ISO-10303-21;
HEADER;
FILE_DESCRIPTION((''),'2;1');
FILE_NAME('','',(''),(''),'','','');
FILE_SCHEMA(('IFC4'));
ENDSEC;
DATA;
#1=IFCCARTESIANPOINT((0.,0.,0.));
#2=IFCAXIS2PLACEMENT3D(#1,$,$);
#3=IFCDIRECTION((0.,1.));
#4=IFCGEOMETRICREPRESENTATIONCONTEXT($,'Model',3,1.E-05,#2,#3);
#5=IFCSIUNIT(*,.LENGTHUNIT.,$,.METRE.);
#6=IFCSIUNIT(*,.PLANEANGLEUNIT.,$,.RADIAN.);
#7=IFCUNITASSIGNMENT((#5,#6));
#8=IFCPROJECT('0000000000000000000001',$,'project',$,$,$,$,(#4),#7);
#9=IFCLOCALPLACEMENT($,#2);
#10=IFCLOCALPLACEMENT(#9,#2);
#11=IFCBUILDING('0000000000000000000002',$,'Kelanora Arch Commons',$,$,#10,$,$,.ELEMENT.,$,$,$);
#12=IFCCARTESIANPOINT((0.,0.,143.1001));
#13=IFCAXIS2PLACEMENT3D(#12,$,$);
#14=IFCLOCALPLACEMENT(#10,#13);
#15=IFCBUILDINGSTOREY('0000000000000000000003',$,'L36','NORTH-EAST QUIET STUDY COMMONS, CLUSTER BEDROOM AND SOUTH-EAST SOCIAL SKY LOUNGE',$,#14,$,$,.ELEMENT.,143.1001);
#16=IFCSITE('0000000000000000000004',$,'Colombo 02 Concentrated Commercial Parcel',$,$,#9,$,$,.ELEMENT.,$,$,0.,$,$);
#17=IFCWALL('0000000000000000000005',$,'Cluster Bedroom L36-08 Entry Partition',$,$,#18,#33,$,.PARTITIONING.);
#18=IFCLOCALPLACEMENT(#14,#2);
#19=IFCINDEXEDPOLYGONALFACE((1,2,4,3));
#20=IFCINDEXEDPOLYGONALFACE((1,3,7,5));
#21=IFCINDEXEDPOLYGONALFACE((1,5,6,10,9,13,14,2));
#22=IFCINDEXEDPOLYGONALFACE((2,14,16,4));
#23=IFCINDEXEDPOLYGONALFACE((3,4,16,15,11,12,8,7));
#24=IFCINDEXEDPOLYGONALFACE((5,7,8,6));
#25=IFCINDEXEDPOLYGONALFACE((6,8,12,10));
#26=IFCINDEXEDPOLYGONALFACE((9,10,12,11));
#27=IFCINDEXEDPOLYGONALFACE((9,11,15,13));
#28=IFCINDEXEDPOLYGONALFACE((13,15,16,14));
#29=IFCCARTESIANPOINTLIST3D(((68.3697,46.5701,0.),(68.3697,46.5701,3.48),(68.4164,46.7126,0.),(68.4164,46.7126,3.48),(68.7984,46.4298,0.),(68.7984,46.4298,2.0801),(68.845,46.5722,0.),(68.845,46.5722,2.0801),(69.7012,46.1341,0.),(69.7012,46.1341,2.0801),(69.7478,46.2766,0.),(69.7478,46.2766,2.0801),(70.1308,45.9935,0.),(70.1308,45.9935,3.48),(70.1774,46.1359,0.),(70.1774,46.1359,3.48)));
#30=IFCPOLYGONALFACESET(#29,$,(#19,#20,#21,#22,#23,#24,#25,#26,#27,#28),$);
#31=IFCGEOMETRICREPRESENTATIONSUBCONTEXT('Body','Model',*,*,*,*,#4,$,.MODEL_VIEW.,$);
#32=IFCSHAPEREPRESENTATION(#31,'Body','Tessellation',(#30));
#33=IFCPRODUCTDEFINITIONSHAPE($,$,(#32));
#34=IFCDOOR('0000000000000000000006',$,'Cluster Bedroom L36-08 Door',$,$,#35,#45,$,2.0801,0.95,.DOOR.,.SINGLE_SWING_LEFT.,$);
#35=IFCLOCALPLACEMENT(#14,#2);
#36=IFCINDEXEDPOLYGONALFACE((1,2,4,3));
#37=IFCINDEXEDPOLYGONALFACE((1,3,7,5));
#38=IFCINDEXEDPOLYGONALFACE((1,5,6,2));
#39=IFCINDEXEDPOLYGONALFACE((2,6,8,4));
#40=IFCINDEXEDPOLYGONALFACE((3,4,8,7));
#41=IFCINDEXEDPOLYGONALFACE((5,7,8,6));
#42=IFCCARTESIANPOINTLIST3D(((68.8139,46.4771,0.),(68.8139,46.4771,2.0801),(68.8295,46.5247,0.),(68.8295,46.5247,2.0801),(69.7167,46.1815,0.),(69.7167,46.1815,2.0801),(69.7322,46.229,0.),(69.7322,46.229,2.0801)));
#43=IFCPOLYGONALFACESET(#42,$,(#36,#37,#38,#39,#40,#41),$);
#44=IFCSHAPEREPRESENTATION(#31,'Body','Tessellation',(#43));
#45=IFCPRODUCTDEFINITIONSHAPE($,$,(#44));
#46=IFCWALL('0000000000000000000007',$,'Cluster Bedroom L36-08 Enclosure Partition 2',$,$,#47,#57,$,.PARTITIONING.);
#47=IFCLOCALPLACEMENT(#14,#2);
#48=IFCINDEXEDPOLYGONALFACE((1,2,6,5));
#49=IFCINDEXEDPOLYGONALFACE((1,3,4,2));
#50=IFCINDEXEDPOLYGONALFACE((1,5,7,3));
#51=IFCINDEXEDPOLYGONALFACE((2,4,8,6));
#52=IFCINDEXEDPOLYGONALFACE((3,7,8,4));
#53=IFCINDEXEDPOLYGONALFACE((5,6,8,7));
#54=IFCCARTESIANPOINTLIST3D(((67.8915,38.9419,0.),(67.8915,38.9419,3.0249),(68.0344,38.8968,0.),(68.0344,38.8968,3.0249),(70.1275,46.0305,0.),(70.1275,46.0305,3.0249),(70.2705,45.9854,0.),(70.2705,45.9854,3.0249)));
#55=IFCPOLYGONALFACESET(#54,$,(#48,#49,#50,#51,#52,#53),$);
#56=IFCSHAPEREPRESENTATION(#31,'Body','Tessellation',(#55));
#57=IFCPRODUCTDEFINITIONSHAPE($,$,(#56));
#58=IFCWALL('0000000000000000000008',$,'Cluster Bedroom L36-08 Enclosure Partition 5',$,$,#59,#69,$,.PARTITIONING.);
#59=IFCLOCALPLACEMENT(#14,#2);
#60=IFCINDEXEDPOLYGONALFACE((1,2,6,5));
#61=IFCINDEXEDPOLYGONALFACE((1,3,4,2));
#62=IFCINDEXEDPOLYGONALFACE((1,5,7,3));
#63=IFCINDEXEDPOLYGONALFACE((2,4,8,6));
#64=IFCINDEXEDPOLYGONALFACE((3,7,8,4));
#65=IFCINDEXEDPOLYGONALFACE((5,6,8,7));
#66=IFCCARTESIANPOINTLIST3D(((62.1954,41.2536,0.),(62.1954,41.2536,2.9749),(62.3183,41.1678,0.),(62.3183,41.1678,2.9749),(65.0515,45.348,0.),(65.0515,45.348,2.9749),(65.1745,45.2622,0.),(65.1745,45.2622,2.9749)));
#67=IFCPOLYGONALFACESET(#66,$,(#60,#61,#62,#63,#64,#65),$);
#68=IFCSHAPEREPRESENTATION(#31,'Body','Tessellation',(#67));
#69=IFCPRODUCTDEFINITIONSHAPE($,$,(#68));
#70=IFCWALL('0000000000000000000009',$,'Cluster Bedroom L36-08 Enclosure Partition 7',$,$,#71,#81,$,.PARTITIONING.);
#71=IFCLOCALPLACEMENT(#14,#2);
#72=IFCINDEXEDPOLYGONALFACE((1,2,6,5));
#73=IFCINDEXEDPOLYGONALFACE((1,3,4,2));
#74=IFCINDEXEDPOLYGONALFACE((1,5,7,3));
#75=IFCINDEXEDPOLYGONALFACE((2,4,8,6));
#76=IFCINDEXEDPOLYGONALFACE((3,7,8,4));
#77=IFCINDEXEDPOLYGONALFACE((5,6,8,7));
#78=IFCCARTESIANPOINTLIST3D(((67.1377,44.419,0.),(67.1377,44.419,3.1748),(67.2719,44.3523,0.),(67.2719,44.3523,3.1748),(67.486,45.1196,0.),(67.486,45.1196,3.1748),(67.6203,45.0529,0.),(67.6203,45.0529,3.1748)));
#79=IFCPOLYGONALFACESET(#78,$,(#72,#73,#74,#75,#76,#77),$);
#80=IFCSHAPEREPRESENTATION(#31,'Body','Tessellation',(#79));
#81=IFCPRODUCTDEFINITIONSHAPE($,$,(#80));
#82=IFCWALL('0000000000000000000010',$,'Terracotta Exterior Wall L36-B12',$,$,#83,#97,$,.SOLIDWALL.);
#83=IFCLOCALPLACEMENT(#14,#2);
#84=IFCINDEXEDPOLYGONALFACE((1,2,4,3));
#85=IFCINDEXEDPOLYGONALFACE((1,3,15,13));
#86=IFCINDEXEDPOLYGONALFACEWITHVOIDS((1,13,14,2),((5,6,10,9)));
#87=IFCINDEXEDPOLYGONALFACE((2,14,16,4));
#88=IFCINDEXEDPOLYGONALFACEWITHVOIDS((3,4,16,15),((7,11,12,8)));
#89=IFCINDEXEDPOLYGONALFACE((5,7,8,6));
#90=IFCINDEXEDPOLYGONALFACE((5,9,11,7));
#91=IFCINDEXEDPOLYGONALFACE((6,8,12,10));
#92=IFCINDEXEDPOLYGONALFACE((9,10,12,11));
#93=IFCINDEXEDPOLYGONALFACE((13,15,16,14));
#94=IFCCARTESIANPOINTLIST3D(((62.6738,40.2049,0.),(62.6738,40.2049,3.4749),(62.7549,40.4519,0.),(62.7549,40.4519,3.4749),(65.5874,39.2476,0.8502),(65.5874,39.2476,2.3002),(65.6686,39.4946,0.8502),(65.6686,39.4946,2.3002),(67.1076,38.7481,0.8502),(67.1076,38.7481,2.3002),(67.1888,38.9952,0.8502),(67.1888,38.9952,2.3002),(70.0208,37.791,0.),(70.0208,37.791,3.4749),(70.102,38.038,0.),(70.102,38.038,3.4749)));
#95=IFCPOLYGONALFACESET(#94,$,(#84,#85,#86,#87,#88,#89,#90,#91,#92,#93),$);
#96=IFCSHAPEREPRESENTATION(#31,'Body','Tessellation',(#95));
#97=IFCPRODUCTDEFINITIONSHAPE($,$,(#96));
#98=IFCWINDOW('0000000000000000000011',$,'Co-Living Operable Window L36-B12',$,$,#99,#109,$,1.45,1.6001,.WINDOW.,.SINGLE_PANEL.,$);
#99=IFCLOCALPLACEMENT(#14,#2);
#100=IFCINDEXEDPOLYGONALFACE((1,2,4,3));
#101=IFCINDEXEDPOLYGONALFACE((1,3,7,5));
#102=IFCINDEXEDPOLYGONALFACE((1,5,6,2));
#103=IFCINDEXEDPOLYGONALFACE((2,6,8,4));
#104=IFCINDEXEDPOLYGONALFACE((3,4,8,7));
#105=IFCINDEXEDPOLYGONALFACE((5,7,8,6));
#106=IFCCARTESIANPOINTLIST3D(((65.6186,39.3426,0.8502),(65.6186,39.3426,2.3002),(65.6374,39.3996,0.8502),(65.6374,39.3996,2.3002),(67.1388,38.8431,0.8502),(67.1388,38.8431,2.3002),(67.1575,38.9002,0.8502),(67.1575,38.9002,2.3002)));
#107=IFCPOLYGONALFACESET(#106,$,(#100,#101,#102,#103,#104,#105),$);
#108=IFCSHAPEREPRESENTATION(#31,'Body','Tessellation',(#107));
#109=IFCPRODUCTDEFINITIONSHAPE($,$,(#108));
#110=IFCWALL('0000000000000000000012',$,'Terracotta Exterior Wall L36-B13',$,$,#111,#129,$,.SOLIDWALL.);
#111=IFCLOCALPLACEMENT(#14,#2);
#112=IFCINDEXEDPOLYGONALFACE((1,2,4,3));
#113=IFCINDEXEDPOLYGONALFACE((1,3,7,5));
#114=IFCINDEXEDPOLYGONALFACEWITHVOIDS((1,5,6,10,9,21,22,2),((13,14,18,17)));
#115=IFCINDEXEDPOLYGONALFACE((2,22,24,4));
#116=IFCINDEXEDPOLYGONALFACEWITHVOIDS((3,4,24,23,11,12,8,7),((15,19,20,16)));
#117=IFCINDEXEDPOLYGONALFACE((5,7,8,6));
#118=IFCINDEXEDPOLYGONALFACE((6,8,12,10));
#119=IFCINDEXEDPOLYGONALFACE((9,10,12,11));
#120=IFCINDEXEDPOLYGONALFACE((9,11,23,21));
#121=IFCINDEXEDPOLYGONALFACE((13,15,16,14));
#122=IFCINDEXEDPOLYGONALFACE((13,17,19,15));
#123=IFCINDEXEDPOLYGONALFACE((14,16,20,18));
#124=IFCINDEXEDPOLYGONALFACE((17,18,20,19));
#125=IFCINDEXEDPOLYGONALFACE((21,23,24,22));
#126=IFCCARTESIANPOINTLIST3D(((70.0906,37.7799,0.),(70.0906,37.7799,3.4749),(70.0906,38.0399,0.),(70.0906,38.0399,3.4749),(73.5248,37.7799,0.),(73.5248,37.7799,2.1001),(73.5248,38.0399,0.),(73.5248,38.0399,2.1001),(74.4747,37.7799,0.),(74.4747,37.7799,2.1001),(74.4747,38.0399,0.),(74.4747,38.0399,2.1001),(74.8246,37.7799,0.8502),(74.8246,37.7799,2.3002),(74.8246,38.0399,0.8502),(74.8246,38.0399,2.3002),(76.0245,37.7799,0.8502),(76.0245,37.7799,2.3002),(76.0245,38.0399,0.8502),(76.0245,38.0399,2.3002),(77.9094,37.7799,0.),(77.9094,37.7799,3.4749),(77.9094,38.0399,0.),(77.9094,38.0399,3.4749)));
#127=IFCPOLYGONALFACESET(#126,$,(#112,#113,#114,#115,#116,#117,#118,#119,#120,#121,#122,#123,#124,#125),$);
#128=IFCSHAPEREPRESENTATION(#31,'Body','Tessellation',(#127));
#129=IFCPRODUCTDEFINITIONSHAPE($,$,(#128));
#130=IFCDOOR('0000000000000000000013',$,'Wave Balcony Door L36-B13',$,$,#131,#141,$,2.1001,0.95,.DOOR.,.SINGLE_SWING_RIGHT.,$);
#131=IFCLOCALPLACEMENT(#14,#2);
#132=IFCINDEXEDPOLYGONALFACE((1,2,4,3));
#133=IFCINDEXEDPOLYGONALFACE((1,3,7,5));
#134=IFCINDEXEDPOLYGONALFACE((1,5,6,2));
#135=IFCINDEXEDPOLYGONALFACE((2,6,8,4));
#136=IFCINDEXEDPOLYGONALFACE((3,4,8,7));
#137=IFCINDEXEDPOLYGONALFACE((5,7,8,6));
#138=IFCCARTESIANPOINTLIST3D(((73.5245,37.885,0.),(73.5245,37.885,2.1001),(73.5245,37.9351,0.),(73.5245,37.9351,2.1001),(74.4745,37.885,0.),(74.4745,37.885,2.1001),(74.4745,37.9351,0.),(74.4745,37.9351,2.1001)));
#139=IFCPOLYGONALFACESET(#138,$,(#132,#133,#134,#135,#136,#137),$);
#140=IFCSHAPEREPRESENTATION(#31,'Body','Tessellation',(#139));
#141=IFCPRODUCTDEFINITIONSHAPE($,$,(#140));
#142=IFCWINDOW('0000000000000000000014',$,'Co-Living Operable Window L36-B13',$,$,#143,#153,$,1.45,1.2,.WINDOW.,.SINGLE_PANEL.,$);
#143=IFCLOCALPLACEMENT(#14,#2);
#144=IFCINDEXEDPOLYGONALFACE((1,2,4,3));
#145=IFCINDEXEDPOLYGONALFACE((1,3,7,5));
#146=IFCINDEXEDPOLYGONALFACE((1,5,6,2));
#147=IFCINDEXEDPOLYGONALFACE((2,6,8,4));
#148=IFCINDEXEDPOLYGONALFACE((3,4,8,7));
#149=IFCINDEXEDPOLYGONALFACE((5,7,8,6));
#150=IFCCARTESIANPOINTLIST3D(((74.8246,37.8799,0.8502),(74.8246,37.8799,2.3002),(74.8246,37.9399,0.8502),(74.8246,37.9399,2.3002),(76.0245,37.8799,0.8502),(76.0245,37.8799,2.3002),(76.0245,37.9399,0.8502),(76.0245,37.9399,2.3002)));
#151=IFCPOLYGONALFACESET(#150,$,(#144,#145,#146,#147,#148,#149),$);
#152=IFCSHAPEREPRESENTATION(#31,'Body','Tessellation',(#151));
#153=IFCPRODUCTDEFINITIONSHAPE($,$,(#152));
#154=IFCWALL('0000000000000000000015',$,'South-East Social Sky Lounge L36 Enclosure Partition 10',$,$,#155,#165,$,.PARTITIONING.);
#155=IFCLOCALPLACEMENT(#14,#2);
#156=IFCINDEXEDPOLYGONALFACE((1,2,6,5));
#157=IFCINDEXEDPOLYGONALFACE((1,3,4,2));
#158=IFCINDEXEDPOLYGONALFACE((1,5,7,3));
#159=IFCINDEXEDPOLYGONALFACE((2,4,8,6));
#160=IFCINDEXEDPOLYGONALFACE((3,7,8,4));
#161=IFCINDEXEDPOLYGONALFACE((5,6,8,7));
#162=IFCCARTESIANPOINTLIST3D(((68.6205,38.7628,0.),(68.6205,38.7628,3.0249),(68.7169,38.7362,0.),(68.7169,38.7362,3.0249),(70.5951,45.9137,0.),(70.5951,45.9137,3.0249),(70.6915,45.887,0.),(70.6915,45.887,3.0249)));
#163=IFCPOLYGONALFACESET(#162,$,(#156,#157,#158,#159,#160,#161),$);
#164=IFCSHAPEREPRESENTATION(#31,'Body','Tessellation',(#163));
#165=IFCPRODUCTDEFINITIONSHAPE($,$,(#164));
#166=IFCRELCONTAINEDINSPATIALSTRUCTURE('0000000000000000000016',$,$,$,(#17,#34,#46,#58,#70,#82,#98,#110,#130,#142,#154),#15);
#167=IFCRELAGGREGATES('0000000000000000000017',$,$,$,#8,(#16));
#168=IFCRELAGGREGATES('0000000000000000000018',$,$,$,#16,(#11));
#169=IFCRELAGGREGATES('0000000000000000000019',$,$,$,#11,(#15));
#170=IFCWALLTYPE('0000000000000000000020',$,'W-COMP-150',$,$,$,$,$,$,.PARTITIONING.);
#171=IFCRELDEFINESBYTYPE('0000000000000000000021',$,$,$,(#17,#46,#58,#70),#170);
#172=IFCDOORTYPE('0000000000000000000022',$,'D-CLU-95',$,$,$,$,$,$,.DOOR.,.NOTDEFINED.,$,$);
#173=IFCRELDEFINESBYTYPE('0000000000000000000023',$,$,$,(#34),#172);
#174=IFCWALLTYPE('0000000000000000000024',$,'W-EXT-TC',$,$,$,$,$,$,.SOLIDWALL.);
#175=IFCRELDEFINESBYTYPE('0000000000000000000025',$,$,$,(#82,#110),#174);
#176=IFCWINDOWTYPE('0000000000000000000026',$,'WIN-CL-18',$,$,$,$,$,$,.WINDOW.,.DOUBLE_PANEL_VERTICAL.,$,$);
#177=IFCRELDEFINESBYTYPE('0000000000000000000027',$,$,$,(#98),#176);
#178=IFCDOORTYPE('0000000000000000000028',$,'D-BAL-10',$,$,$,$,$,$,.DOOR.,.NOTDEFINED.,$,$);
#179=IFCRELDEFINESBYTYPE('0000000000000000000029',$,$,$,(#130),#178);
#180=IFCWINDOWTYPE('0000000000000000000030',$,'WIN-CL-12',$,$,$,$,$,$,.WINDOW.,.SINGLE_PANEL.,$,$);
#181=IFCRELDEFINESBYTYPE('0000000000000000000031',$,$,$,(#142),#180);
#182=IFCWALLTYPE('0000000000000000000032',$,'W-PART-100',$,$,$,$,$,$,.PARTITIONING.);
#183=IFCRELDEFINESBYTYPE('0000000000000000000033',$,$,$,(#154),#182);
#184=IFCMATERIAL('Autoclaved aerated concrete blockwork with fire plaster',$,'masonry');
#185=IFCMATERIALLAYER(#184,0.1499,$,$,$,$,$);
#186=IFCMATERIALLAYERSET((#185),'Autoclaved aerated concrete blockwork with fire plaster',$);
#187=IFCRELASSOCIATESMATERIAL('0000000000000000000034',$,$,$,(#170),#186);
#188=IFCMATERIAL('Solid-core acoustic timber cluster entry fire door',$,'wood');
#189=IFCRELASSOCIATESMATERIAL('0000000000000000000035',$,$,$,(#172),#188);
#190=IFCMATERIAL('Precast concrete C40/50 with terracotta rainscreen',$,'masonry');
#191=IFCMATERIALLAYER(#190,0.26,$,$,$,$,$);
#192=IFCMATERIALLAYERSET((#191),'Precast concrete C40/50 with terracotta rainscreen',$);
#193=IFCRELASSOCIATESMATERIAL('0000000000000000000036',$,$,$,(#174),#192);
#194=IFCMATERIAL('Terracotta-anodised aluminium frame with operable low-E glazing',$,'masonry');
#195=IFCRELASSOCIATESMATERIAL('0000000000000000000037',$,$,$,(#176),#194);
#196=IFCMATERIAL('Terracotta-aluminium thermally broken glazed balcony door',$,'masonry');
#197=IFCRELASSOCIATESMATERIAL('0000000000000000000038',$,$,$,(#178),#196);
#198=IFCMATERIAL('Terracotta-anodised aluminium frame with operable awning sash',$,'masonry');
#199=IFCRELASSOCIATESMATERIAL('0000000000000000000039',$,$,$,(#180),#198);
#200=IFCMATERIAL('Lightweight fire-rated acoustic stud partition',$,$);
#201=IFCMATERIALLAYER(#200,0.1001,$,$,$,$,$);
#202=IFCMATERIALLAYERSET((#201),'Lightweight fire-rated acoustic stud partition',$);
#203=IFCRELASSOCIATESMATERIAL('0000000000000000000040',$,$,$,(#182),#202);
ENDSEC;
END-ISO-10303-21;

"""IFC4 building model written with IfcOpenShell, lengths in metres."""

from ifc_helpers import new_model, si_unit, direction, frame, frame_2d, origin, place, context, subcontext, project, spatial, rectangle, extrude, material, layer, layer_set, type_object, element, fill, save


model = new_model("IFC4")

# Units and contexts
model_context = context("Model", 3, precision=1e-05, world=origin(), true_north=direction((0.0, 1.0)))
body_context = subcontext(model_context, "Body", "Model", "MODEL_VIEW")
ifc_project = project(units=[si_unit("LENGTHUNIT", "METRE"), si_unit("PLANEANGLEUNIT", "RADIAN")], contexts=[model_context])

# Site, building, storey
site_placement = place(None, origin())
site = spatial("IfcSite", under=ifc_project, at=site_placement, Name="Colombo 02 Concentrated Commercial Parcel", CompositionType="ELEMENT", RefElevation=0.0)
building_placement = place(site_placement, origin())
building = spatial("IfcBuilding", under=site, at=building_placement, Name="Kelanora Arch Commons", CompositionType="ELEMENT")
storey_placement = place(building_placement, frame((0.0, 0.0, 143.1001)))
storey = spatial("IfcBuildingStorey", under=building, at=storey_placement, Name="L36", Description="NORTH-EAST QUIET STUDY COMMONS, CLUSTER BEDROOM AND SOUTH-EAST SOCIAL SKY LOUNGE", CompositionType="ELEMENT", Elevation=143.1001)

# Wall, opening, door
ifc_material_1 = material(Name="Autoclaved aerated concrete blockwork with fire plaster", Category="masonry")
ifc_layer_1 = layer(ifc_material_1, 0.1499)
ifc_layer_set_1 = layer_set([ifc_layer_1], Name="Autoclaved aerated concrete blockwork with fire plaster")
wall_type_1 = type_object("IfcWallType", Name="W-COMP-150", PredefinedType="PARTITIONING", material=ifc_layer_set_1)
wall_1_placement = place(storey_placement, frame((68.3931, 46.6414, 0.0), z_axis=(0.0, 0.0, 1.0), x_axis=(0.950343, -0.311204, 0.0)))
wall_1 = element("IfcWall", 1, at=wall_1_placement, inside=storey, type_object=wall_type_1, Name="Cluster Bedroom L36-08 Entry Partition", PredefinedType="PARTITIONING", context=body_context, shape_type="SweptSolid", body=[
    extrude(rectangle(XDim=1.853, YDim=0.1499, at=frame_2d((0.9265, 0.0))), origin(), (0.0, 0.0, 1.0), 3.48),
])
opening_1_placement = place(wall_1_placement, frame((0.4509, 0.0, 0.0)))
opening_1 = element("IfcOpeningElement", 2, at=opening_1_placement, cuts=wall_1, PredefinedType="OPENING", context=body_context, shape_type="SweptSolid", body=[
    extrude(rectangle(XDim=0.95, YDim=2.0801, at=frame_2d((0.4751, 1.04))), frame((0.0, 0.085, 0.0), z_axis=(0.0, -1.0, 0.0), x_axis=(1.0, 0.0, 0.0)), (0.0, 0.0, 1.0), 0.1699),
])
ifc_material_2 = material(Name="Solid-core acoustic timber cluster entry fire door", Category="wood")
door_type_1 = type_object("IfcDoorType", Name="D-CLU-95", OperationType="NOTDEFINED", PredefinedType="DOOR", material=ifc_material_2)
door_1_placement = place(opening_1_placement, origin())
door_1 = element("IfcDoor", 3, at=door_1_placement, inside=storey, type_object=door_type_1, Name="Cluster Bedroom L36-08 Door", OperationType="SINGLE_SWING_LEFT", OverallHeight=2.0801, OverallWidth=0.95, PredefinedType="DOOR", context=body_context, shape_type="SweptSolid", body=[
    extrude(rectangle(XDim=0.95, YDim=2.0801, at=frame_2d((0.4751, 1.04))), frame((0.0, 0.0249, 0.0), z_axis=(0.0, -1.0, 0.0), x_axis=(1.0, 0.0, 0.0)), (0.0, 0.0, 1.0), 0.05),
])
fill(opening_1, door_1)

# Walls
wall_2_placement = place(storey_placement, frame((70.199, 46.0078, 0.0), z_axis=(0.0, 0.0, 1.0), x_axis=(-0.300834, -0.953676, 0.0)))
element("IfcWall", 4, at=wall_2_placement, inside=storey, type_object=wall_type_1, Name="Cluster Bedroom L36-08 Enclosure Partition 2", PredefinedType="PARTITIONING", context=body_context, shape_type="SweptSolid", body=[
    extrude(rectangle(XDim=7.4329, YDim=0.1499, at=frame_2d((3.7163, 0.0))), origin(), (0.0, 0.0, 1.0), 3.0249),
])
wall_3_placement = place(storey_placement, frame((62.2568, 41.2107, 0.0), z_axis=(0.0, 0.0, 1.0), x_axis=(0.572126, 0.820166, 0.0)))
element("IfcWall", 5, at=wall_3_placement, inside=storey, type_object=wall_type_1, Name="Cluster Bedroom L36-08 Enclosure Partition 5", PredefinedType="PARTITIONING", context=body_context, shape_type="SweptSolid", body=[
    extrude(rectangle(XDim=4.9922, YDim=0.1499, at=frame_2d((2.4961, 0.0))), origin(), (0.0, 0.0, 1.0), 2.9749),
])
wall_4_placement = place(storey_placement, frame((67.2048, 44.3857, 0.0), z_axis=(0.0, 0.0, 1.0), x_axis=(0.445216, 0.895423, 0.0)))
element("IfcWall", 6, at=wall_4_placement, inside=storey, type_object=wall_type_1, Name="Cluster Bedroom L36-08 Enclosure Partition 7", PredefinedType="PARTITIONING", context=body_context, shape_type="SweptSolid", body=[
    extrude(rectangle(XDim=0.7825, YDim=0.1499, at=frame_2d((0.3911, 0.0))), origin(), (0.0, 0.0, 1.0), 3.1748),
])

# Wall, opening, window
ifc_material_3 = material(Name="Precast concrete C40/50 with terracotta rainscreen", Category="masonry")
ifc_layer_2 = layer(ifc_material_3, 0.26)
ifc_layer_set_2 = layer_set([ifc_layer_2], Name="Precast concrete C40/50 with terracotta rainscreen")
wall_type_2 = type_object("IfcWallType", Name="W-EXT-TC", PredefinedType="SOLIDWALL", material=ifc_layer_set_2)
wall_5_placement = place(storey_placement, frame((62.7144, 40.3284, 0.0), z_axis=(0.0, 0.0, 1.0), x_axis=(0.950038, -0.312133, 0.0)))
wall_5 = element("IfcWall", 7, at=wall_5_placement, inside=storey, type_object=wall_type_2, Name="Terracotta Exterior Wall L36-B12", PredefinedType="SOLIDWALL", context=body_context, shape_type="SweptSolid", body=[
    extrude(rectangle(XDim=7.7334, YDim=0.26, at=frame_2d((3.8667, 0.0))), origin(), (0.0, 0.0, 1.0), 3.4749),
])
opening_2_placement = place(wall_5_placement, frame((3.0669, 0.0, 0.8501)))
opening_2 = element("IfcOpeningElement", 8, at=opening_2_placement, cuts=wall_5, PredefinedType="OPENING", context=body_context, shape_type="SweptSolid", body=[
    extrude(rectangle(XDim=1.6001, YDim=1.45, at=frame_2d((0.8, 0.7251))), frame((0.0, 0.1401, 0.0), z_axis=(0.0, -1.0, 0.0), x_axis=(1.0, 0.0, 0.0)), (0.0, 0.0, 1.0), 0.28),
])
ifc_material_4 = material(Name="Terracotta-anodised aluminium frame with operable low-E glazing", Category="masonry")
window_type_1 = type_object("IfcWindowType", Name="WIN-CL-18", PartitioningType="DOUBLE_PANEL_VERTICAL", PredefinedType="WINDOW", material=ifc_material_4)
window_1_placement = place(opening_2_placement, origin())
window_1 = element("IfcWindow", 9, at=window_1_placement, inside=storey, type_object=window_type_1, Name="Co-Living Operable Window L36-B12", OverallHeight=1.45, OverallWidth=1.6001, PartitioningType="SINGLE_PANEL", PredefinedType="WINDOW", context=body_context, shape_type="SweptSolid", body=[
    extrude(rectangle(XDim=1.6001, YDim=1.45, at=frame_2d((0.8, 0.7251))), frame((0.0, 0.03, 0.0), z_axis=(0.0, -1.0, 0.0), x_axis=(1.0, 0.0, 0.0)), (0.0, 0.0, 1.0), 0.0601),
])
fill(opening_2, window_1)

# Wall, openings, door, window
wall_6_placement = place(storey_placement, frame((70.0906, 37.9099, 0.0), z_axis=(0.0, 0.0, 1.0), x_axis=(1.0, 0.0, 0.0)))
wall_6 = element("IfcWall", 10, at=wall_6_placement, inside=storey, type_object=wall_type_2, Name="Terracotta Exterior Wall L36-B13", PredefinedType="SOLIDWALL", context=body_context, shape_type="SweptSolid", body=[
    extrude(rectangle(XDim=7.8188, YDim=0.26, at=frame_2d((3.9094, 0.0))), origin(), (0.0, 0.0, 1.0), 3.4749),
])
opening_3_placement = place(wall_6_placement, frame((3.4341, 0.0, 0.0)))
opening_3 = element("IfcOpeningElement", 11, at=opening_3_placement, cuts=wall_6, PredefinedType="OPENING", context=body_context, shape_type="SweptSolid", body=[
    extrude(rectangle(XDim=0.95, YDim=2.1001, at=frame_2d((0.4751, 1.05))), frame((0.0, 0.1401, 0.0), z_axis=(0.0, -1.0, 0.0), x_axis=(1.0, 0.0, 0.0)), (0.0, 0.0, 1.0), 0.28),
])
opening_4_placement = place(wall_6_placement, frame((4.7339, 0.0, 0.8501)))
opening_4 = element("IfcOpeningElement", 12, at=opening_4_placement, cuts=wall_6, PredefinedType="OPENING", context=body_context, shape_type="SweptSolid", body=[
    extrude(rectangle(XDim=1.2, YDim=1.45, at=frame_2d((0.6001, 0.7251))), frame((0.0, 0.1401, 0.0), z_axis=(0.0, -1.0, 0.0), x_axis=(1.0, 0.0, 0.0)), (0.0, 0.0, 1.0), 0.28),
])
ifc_material_5 = material(Name="Terracotta-aluminium thermally broken glazed balcony door", Category="masonry")
door_type_2 = type_object("IfcDoorType", Name="D-BAL-10", OperationType="NOTDEFINED", PredefinedType="DOOR", material=ifc_material_5)
door_2_placement = place(opening_3_placement, frame((0.95, 0.0, 0.0), z_axis=(0.0, 0.0, 1.0), x_axis=(-1.0, 0.0, 0.0)))
door_2 = element("IfcDoor", 13, at=door_2_placement, inside=storey, type_object=door_type_2, Name="Wave Balcony Door L36-B13", OperationType="SINGLE_SWING_RIGHT", OverallHeight=2.1001, OverallWidth=0.95, PredefinedType="DOOR", context=body_context, shape_type="SweptSolid", body=[
    extrude(rectangle(XDim=0.95, YDim=2.1001, at=frame_2d((0.4751, 1.05))), frame((0.0, 0.0249, 0.0), z_axis=(0.0, -1.0, 0.0), x_axis=(1.0, 0.0, 0.0)), (0.0, 0.0, 1.0), 0.05),
])
fill(opening_3, door_2)
ifc_material_6 = material(Name="Terracotta-anodised aluminium frame with operable awning sash", Category="masonry")
window_type_2 = type_object("IfcWindowType", Name="WIN-CL-12", PartitioningType="SINGLE_PANEL", PredefinedType="WINDOW", material=ifc_material_6)
window_2_placement = place(opening_4_placement, origin())
window_2 = element("IfcWindow", 14, at=window_2_placement, inside=storey, type_object=window_type_2, Name="Co-Living Operable Window L36-B13", OverallHeight=1.45, OverallWidth=1.2, PartitioningType="SINGLE_PANEL", PredefinedType="WINDOW", context=body_context, shape_type="SweptSolid", body=[
    extrude(rectangle(XDim=1.2, YDim=1.45, at=frame_2d((0.6001, 0.7251))), frame((0.0, 0.03, 0.0), z_axis=(0.0, -1.0, 0.0), x_axis=(1.0, 0.0, 0.0)), (0.0, 0.0, 1.0), 0.0601),
])
fill(opening_4, window_2)

# Wall
ifc_material_7 = material(Name="Lightweight fire-rated acoustic stud partition")
ifc_layer_3 = layer(ifc_material_7, 0.1001)
ifc_layer_set_3 = layer_set([ifc_layer_3], Name="Lightweight fire-rated acoustic stud partition")
wall_type_3 = type_object("IfcWallType", Name="W-PART-100", PredefinedType="PARTITIONING", material=ifc_layer_set_3)
wall_7_placement = place(storey_placement, frame((68.6687, 38.7495, 0.0), z_axis=(0.0, 0.0, 1.0), x_axis=(0.266174, 0.963925, 0.0)))
element("IfcWall", 15, at=wall_7_placement, inside=storey, type_object=wall_type_3, Name="South-East Social Sky Lounge L36 Enclosure Partition 10", PredefinedType="PARTITIONING", context=body_context, shape_type="SweptSolid", body=[
    extrude(rectangle(XDim=7.4185, YDim=0.1001, at=frame_2d((3.7092, 0.0))), origin(), (0.0, 0.0, 1.0), 3.0249),
])

save(model, "model.ifc")
